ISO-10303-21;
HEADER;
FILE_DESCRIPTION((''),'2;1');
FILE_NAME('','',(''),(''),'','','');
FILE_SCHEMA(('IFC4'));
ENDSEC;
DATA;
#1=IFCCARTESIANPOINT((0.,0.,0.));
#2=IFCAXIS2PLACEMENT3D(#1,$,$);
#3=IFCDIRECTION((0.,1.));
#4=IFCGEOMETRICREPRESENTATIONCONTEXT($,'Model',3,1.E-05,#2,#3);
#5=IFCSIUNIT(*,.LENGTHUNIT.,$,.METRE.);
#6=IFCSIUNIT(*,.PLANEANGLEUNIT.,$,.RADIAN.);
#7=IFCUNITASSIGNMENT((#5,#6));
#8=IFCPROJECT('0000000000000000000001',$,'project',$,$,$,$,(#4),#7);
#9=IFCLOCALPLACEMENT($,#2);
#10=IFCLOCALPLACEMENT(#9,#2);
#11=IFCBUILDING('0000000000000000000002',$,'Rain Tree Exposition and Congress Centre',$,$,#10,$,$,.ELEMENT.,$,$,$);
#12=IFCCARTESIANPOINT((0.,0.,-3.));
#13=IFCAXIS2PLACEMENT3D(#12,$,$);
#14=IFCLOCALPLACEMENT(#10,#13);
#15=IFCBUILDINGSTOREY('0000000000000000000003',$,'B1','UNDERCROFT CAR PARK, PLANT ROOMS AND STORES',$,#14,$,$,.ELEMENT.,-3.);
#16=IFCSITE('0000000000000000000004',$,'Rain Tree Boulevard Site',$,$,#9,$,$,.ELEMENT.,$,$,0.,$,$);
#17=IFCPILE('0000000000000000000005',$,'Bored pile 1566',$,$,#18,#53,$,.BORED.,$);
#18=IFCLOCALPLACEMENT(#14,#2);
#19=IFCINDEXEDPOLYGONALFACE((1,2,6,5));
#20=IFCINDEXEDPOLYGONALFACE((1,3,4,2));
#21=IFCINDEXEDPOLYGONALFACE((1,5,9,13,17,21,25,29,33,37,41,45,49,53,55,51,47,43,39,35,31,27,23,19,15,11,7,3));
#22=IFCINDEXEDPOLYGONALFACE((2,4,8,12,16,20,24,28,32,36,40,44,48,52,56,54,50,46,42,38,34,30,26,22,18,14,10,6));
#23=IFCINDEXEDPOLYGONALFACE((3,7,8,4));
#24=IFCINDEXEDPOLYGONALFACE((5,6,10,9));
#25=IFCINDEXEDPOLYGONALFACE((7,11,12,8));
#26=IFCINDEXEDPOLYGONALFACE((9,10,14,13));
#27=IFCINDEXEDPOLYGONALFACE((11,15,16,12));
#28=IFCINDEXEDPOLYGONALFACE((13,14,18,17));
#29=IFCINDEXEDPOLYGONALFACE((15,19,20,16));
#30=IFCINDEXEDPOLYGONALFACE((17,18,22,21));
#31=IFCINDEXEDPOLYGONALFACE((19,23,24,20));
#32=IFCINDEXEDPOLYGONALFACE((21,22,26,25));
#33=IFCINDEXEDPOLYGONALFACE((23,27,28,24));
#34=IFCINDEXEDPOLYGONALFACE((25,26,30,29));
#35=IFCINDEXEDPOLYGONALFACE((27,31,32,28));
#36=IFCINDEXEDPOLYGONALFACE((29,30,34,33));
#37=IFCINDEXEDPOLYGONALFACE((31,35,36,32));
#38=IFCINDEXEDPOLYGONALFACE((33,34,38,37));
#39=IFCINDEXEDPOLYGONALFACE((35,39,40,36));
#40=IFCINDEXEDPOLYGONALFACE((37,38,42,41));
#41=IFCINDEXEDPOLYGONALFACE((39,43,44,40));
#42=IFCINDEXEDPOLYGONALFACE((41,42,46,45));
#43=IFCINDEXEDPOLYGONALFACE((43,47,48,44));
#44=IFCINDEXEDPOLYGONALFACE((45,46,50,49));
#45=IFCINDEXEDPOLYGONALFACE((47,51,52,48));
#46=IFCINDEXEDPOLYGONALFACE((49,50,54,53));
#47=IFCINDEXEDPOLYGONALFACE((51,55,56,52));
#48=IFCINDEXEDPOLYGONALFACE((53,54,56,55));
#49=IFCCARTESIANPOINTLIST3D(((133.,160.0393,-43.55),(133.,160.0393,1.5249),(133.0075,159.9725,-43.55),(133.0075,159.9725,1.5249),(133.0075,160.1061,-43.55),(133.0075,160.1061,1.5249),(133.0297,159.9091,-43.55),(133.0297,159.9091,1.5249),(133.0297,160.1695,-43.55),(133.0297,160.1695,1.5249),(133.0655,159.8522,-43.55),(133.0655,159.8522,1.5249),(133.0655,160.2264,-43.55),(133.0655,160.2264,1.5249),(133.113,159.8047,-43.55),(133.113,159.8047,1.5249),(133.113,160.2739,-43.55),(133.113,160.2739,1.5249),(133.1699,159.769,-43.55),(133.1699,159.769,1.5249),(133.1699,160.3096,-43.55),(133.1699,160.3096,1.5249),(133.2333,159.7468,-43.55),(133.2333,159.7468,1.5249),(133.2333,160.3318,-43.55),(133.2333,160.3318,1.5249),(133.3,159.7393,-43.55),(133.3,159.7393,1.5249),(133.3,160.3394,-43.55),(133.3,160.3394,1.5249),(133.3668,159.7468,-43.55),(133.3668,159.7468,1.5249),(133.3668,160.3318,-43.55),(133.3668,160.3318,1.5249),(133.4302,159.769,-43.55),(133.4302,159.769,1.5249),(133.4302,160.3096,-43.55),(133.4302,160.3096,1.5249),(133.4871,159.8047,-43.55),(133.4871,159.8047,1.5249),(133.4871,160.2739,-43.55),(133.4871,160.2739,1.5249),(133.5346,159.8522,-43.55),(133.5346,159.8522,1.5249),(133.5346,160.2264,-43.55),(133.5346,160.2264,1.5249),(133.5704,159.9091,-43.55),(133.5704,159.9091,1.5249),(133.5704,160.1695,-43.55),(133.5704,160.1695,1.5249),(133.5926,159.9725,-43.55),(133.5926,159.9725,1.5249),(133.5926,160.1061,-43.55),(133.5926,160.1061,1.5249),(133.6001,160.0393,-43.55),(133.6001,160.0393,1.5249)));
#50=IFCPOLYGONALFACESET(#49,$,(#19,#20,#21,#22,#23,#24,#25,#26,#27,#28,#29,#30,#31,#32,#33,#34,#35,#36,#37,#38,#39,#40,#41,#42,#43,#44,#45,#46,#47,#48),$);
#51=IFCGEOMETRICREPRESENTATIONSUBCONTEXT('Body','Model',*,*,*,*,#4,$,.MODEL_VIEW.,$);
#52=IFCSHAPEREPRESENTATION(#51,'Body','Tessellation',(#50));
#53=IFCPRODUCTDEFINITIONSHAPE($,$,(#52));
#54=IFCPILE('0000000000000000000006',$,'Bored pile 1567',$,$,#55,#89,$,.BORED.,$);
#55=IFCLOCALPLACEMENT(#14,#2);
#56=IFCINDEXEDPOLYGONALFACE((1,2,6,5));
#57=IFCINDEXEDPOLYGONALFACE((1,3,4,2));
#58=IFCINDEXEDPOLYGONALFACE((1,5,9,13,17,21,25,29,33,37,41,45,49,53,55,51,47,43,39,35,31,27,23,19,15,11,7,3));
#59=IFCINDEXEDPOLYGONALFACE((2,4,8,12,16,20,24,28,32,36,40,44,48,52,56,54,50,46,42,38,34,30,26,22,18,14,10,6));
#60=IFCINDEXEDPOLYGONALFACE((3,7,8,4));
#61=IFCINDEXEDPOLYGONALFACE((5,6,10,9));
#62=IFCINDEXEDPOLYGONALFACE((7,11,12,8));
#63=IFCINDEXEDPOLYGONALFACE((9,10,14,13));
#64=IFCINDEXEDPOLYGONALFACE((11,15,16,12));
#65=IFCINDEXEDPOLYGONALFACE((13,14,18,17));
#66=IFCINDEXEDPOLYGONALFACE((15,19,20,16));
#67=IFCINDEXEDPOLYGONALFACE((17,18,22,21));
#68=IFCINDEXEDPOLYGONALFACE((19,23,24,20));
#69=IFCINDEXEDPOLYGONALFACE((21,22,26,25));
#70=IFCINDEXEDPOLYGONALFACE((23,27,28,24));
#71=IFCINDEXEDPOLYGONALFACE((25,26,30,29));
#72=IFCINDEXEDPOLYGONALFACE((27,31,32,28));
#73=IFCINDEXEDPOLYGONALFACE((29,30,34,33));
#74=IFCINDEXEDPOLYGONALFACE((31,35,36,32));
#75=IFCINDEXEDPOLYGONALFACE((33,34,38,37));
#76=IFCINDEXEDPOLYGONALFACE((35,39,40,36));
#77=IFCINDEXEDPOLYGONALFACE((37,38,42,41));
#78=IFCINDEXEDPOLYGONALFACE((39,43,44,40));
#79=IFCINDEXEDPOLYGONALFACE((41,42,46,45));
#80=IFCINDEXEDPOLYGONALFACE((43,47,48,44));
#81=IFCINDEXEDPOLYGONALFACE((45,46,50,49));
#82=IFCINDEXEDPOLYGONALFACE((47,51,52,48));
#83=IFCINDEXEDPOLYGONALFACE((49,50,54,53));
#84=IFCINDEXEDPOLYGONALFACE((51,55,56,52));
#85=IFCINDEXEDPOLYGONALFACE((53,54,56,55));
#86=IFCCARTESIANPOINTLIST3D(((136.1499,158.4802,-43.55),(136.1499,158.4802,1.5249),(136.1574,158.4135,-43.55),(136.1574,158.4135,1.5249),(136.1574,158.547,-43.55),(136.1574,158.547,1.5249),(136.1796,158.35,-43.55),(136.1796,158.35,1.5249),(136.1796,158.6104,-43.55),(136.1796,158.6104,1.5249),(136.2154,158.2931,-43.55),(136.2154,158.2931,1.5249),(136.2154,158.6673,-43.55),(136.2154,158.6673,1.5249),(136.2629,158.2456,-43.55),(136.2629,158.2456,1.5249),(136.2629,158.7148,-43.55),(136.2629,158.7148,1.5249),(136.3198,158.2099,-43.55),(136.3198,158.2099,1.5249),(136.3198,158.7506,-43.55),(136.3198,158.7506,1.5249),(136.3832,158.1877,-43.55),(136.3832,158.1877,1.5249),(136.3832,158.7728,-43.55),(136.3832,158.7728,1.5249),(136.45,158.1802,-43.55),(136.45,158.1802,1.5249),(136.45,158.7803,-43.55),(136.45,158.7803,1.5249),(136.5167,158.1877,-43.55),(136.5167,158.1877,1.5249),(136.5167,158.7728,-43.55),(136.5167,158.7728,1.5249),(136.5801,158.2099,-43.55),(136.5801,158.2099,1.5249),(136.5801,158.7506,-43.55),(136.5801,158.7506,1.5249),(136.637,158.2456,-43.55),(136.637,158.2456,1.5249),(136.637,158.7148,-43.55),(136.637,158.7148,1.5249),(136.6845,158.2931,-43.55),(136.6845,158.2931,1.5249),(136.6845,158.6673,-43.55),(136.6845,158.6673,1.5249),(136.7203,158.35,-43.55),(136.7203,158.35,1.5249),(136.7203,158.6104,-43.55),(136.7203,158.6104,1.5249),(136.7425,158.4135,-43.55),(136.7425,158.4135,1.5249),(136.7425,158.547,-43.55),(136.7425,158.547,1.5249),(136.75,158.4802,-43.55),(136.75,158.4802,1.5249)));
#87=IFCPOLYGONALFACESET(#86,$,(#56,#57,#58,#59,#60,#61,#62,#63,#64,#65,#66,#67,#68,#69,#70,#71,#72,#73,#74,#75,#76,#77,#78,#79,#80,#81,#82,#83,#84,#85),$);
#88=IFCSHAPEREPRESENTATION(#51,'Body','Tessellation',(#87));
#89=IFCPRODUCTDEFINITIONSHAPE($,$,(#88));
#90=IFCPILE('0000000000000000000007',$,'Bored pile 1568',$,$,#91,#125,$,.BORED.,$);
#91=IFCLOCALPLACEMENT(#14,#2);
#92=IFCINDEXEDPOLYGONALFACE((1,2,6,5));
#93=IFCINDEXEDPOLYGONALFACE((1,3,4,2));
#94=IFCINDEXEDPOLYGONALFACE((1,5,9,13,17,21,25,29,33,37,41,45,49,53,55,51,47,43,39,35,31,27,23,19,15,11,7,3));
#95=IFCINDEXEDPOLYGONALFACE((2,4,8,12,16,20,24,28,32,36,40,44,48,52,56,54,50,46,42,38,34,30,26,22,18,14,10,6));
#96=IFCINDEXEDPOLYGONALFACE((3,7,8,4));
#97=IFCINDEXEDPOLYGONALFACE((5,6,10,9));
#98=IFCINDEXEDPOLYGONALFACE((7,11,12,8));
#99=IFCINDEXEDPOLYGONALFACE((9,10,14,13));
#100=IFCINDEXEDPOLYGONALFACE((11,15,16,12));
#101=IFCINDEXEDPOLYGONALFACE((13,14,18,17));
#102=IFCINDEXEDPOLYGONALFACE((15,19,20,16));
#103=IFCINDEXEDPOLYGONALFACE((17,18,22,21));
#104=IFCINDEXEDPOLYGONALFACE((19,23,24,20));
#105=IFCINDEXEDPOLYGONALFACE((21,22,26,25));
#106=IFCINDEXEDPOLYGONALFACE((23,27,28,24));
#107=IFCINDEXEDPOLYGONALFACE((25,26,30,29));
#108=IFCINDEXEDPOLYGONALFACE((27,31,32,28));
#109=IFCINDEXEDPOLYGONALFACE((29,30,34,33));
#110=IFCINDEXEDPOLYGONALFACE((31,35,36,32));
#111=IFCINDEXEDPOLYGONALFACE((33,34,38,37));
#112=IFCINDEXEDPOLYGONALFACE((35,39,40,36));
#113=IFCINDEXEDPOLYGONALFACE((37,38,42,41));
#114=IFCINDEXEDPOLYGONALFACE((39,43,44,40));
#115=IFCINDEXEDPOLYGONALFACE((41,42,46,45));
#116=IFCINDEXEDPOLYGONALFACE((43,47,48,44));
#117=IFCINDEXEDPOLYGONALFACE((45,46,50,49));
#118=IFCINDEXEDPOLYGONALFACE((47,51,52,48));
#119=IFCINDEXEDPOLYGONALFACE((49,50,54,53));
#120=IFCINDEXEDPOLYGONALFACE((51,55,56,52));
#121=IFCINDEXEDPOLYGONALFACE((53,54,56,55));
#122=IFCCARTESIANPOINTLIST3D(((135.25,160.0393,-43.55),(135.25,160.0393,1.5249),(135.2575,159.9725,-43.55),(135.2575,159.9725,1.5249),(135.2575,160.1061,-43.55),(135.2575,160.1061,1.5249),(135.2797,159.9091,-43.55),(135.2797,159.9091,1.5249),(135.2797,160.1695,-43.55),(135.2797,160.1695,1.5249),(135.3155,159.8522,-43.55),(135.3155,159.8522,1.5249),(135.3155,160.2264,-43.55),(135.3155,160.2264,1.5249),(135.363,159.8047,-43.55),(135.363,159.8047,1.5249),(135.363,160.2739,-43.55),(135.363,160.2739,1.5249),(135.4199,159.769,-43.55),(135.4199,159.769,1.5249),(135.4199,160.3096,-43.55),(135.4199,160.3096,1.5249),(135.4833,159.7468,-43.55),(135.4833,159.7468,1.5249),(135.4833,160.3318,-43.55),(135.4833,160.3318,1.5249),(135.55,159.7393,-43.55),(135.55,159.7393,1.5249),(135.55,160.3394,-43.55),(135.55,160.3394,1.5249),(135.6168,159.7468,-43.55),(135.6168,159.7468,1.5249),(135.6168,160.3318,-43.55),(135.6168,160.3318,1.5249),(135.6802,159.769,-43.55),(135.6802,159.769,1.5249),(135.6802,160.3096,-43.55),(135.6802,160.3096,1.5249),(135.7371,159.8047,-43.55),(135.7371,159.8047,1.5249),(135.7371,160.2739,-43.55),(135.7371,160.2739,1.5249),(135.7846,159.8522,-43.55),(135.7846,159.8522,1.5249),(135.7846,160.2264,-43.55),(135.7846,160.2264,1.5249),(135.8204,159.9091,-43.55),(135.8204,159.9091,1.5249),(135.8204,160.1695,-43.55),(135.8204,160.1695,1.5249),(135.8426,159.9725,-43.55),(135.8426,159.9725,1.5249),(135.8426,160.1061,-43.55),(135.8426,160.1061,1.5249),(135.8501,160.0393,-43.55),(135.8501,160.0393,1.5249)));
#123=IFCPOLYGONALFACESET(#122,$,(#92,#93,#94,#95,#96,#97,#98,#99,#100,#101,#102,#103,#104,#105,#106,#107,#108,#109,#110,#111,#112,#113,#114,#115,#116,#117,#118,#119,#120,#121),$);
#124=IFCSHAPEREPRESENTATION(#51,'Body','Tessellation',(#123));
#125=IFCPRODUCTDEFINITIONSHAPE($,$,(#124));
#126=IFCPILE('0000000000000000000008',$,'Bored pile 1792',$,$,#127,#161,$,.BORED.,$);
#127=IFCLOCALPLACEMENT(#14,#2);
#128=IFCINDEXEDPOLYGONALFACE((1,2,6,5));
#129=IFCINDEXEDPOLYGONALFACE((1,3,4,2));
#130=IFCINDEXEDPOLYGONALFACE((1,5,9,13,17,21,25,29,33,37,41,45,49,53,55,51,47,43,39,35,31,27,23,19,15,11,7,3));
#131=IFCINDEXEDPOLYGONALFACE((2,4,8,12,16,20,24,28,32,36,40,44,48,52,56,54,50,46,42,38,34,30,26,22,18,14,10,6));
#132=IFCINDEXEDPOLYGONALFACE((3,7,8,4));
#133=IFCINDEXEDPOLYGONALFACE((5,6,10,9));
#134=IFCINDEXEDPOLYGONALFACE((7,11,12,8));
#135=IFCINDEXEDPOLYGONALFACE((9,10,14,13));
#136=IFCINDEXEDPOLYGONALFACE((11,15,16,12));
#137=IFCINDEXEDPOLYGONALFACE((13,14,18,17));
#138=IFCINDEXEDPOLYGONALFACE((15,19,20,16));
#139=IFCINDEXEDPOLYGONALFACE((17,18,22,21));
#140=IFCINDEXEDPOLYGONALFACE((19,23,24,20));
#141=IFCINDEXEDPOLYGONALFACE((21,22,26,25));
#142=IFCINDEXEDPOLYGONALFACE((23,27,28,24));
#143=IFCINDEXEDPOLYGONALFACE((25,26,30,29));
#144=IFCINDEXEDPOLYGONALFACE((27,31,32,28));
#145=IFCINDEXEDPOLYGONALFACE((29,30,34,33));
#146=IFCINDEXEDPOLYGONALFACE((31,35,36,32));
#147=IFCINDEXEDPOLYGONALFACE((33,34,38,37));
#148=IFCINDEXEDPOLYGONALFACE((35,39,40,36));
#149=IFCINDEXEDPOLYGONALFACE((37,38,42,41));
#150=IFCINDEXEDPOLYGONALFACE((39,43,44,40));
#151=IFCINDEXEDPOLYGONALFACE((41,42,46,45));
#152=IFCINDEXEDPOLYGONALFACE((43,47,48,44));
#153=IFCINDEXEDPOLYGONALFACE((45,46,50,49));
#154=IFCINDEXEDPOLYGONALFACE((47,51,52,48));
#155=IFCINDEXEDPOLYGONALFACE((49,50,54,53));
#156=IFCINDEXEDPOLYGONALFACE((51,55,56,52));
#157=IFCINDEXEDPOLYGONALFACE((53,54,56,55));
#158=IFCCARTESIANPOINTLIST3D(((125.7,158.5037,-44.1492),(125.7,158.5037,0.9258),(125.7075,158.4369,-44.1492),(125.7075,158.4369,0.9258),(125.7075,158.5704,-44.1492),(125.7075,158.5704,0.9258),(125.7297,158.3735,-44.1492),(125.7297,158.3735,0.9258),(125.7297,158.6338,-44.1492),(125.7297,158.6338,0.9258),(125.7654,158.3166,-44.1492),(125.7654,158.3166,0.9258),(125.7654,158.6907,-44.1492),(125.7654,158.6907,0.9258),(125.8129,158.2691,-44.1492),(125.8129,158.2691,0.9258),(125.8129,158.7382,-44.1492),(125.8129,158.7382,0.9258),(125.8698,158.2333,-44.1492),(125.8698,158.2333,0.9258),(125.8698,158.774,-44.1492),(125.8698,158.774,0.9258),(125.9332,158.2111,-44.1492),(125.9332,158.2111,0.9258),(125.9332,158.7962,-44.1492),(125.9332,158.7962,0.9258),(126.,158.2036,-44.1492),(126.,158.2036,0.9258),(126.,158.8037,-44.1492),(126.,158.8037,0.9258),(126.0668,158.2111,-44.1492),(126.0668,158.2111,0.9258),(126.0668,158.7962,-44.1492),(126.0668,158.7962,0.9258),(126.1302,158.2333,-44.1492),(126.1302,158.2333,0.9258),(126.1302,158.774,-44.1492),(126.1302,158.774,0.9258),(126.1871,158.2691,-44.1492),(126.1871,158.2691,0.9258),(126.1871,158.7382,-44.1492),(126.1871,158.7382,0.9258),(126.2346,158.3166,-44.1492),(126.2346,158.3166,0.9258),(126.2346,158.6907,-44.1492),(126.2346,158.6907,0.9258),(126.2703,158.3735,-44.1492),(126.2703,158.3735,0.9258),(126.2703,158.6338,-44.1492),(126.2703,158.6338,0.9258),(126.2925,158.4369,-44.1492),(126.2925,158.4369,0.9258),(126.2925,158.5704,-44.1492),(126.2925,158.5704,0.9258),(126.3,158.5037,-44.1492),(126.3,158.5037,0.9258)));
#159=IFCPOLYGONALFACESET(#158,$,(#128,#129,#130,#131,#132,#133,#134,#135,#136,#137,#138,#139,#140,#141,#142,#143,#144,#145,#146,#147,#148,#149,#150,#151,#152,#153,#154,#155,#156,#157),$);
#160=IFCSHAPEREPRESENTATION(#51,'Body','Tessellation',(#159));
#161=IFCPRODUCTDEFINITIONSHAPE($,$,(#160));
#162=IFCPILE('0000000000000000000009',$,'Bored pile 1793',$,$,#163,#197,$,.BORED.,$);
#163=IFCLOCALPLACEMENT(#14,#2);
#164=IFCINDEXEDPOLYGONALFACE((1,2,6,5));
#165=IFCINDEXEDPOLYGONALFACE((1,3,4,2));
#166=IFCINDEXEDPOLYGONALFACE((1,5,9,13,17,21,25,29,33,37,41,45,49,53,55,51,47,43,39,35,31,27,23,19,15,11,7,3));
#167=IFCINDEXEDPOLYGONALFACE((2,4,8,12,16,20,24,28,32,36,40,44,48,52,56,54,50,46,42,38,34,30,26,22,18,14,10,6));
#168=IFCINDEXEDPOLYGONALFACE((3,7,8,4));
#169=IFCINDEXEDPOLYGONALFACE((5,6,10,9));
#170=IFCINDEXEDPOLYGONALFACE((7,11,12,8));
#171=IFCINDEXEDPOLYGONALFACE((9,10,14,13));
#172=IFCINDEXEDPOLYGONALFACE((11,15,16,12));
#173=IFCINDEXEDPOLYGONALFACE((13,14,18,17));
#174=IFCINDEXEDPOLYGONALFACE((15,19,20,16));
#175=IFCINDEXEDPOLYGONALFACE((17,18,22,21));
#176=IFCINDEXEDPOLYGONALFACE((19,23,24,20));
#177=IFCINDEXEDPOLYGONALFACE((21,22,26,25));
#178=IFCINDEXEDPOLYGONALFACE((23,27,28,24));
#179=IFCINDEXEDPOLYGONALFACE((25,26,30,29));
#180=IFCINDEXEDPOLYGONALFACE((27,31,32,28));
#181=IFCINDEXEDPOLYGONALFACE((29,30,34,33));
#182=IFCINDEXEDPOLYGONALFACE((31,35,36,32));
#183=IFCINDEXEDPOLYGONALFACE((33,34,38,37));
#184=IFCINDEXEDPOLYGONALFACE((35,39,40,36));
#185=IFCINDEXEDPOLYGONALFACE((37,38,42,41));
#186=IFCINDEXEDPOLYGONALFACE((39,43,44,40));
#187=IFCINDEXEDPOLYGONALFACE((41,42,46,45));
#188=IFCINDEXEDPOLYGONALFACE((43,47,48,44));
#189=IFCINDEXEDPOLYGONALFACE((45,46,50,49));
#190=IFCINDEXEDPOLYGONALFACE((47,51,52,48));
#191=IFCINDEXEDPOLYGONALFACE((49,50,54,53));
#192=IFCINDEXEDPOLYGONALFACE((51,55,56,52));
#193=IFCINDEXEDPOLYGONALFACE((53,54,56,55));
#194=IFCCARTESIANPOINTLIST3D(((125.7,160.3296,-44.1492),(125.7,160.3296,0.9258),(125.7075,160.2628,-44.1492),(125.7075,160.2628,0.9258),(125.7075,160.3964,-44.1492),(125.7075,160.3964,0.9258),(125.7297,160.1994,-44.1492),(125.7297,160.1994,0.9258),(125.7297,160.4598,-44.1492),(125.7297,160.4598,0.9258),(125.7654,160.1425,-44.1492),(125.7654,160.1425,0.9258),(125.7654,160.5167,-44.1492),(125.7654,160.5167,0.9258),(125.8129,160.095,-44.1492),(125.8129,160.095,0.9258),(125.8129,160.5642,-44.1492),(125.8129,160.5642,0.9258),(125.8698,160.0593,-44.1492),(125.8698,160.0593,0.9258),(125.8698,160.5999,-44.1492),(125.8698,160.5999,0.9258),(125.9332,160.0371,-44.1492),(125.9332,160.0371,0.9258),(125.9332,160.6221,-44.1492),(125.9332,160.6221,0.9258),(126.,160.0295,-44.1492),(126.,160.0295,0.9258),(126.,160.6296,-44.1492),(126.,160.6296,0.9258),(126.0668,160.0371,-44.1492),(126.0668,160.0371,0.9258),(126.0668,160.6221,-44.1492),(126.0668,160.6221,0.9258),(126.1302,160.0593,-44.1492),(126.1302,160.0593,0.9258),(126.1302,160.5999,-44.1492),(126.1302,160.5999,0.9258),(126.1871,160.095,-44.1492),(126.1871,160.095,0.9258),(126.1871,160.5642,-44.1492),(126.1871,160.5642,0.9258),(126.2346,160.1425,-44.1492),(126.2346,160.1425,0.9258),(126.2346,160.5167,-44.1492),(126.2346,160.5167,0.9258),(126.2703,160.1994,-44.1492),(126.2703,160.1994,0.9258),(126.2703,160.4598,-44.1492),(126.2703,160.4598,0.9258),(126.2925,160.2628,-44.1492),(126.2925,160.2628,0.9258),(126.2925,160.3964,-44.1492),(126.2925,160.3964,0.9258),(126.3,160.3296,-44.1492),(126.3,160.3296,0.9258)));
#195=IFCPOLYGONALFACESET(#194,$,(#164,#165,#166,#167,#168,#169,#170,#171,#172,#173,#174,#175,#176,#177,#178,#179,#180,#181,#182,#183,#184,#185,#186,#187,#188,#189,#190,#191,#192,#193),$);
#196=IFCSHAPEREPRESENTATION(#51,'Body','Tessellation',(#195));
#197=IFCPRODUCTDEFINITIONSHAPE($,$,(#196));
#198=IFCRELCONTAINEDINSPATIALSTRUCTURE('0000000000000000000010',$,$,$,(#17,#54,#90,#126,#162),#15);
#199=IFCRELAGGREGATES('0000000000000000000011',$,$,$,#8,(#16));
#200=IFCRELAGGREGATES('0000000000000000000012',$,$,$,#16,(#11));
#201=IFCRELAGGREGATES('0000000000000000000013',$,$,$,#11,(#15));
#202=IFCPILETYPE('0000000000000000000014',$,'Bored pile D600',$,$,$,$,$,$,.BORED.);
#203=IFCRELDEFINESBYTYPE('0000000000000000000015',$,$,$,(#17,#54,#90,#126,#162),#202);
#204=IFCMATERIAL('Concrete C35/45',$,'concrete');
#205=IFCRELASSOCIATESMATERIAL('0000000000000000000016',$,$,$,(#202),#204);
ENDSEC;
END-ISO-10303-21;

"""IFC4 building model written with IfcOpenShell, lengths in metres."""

from ifc_helpers import new_model, si_unit, direction, frame, origin, origin_2d, place, context, subcontext, project, spatial, circle, extrude, material, material_profile, profile_set, type_object, element, save


model = new_model("IFC4")

# Units and contexts
model_context = context("Model", 3, precision=1e-05, world=origin(), true_north=direction((0.0, 1.0)))
body_context = subcontext(model_context, "Body", "Model", "MODEL_VIEW")
ifc_project = project(units=[si_unit("LENGTHUNIT", "METRE"), si_unit("PLANEANGLEUNIT", "RADIAN")], contexts=[model_context])

# Site, building, storey
site_placement = place(None, origin())
site = spatial("IfcSite", under=ifc_project, at=site_placement, Name="Rain Tree Boulevard Site", CompositionType="ELEMENT", RefElevation=0.0)
building_placement = place(site_placement, origin())
building = spatial("IfcBuilding", under=site, at=building_placement, Name="Rain Tree Exposition and Congress Centre", CompositionType="ELEMENT")
storey_placement = place(building_placement, frame((0.0, 0.0, -3.0)))
storey = spatial("IfcBuildingStorey", under=building, at=storey_placement, Name="B1", Description="UNDERCROFT CAR PARK, PLANT ROOMS AND STORES", CompositionType="ELEMENT", Elevation=-3.0)

# Piles
ifc_material_1 = material(Name="Concrete C35/45", Category="concrete")
ifc_material_profile_1 = material_profile(ifc_material_1, circle(Radius=0.3, at=origin_2d()), Name="D600")
ifc_profile_set_1 = profile_set([ifc_material_profile_1], Name="Concrete C35/45")
pile_type_1 = type_object("IfcPileType", Name="Bored pile D600", PredefinedType="BORED", material=ifc_profile_set_1)
for number, where, z_axis, x_axis, name in (
    (1, (133.3, 160.0393, 1.5249), (0.0, 0.0, -1.0), (1.0, 0.0, 0.0), "Bored pile 1566"),
    (2, (136.45, 158.4802, 1.5249), (0.0, 0.0, -1.0), (1.0, 0.0, 0.0), "Bored pile 1567"),
    (3, (135.55, 160.0393, 1.5249), (0.0, 0.0, -1.0), (1.0, 0.0, 0.0), "Bored pile 1568"),
    (4, (126.0, 158.5037, 0.9258), (0.0, 0.0, -1.0), (1.0, 0.0, 0.0), "Bored pile 1792"),
    (5, (126.0, 160.3296, 0.9258), (0.0, 0.0, -1.0), (1.0, 0.0, 0.0), "Bored pile 1793"),
):
    element("IfcPile", number, at=place(storey_placement, frame(where, z_axis=z_axis, x_axis=x_axis)), inside=storey, type_object=pile_type_1, Name=name, PredefinedType="BORED", context=body_context, shape_type="SweptSolid", body=[
        extrude(circle(Radius=0.3, at=origin_2d()), origin(), (0.0, 0.0, 1.0), 45.075),
    ])

save(model, "model.ifc")
